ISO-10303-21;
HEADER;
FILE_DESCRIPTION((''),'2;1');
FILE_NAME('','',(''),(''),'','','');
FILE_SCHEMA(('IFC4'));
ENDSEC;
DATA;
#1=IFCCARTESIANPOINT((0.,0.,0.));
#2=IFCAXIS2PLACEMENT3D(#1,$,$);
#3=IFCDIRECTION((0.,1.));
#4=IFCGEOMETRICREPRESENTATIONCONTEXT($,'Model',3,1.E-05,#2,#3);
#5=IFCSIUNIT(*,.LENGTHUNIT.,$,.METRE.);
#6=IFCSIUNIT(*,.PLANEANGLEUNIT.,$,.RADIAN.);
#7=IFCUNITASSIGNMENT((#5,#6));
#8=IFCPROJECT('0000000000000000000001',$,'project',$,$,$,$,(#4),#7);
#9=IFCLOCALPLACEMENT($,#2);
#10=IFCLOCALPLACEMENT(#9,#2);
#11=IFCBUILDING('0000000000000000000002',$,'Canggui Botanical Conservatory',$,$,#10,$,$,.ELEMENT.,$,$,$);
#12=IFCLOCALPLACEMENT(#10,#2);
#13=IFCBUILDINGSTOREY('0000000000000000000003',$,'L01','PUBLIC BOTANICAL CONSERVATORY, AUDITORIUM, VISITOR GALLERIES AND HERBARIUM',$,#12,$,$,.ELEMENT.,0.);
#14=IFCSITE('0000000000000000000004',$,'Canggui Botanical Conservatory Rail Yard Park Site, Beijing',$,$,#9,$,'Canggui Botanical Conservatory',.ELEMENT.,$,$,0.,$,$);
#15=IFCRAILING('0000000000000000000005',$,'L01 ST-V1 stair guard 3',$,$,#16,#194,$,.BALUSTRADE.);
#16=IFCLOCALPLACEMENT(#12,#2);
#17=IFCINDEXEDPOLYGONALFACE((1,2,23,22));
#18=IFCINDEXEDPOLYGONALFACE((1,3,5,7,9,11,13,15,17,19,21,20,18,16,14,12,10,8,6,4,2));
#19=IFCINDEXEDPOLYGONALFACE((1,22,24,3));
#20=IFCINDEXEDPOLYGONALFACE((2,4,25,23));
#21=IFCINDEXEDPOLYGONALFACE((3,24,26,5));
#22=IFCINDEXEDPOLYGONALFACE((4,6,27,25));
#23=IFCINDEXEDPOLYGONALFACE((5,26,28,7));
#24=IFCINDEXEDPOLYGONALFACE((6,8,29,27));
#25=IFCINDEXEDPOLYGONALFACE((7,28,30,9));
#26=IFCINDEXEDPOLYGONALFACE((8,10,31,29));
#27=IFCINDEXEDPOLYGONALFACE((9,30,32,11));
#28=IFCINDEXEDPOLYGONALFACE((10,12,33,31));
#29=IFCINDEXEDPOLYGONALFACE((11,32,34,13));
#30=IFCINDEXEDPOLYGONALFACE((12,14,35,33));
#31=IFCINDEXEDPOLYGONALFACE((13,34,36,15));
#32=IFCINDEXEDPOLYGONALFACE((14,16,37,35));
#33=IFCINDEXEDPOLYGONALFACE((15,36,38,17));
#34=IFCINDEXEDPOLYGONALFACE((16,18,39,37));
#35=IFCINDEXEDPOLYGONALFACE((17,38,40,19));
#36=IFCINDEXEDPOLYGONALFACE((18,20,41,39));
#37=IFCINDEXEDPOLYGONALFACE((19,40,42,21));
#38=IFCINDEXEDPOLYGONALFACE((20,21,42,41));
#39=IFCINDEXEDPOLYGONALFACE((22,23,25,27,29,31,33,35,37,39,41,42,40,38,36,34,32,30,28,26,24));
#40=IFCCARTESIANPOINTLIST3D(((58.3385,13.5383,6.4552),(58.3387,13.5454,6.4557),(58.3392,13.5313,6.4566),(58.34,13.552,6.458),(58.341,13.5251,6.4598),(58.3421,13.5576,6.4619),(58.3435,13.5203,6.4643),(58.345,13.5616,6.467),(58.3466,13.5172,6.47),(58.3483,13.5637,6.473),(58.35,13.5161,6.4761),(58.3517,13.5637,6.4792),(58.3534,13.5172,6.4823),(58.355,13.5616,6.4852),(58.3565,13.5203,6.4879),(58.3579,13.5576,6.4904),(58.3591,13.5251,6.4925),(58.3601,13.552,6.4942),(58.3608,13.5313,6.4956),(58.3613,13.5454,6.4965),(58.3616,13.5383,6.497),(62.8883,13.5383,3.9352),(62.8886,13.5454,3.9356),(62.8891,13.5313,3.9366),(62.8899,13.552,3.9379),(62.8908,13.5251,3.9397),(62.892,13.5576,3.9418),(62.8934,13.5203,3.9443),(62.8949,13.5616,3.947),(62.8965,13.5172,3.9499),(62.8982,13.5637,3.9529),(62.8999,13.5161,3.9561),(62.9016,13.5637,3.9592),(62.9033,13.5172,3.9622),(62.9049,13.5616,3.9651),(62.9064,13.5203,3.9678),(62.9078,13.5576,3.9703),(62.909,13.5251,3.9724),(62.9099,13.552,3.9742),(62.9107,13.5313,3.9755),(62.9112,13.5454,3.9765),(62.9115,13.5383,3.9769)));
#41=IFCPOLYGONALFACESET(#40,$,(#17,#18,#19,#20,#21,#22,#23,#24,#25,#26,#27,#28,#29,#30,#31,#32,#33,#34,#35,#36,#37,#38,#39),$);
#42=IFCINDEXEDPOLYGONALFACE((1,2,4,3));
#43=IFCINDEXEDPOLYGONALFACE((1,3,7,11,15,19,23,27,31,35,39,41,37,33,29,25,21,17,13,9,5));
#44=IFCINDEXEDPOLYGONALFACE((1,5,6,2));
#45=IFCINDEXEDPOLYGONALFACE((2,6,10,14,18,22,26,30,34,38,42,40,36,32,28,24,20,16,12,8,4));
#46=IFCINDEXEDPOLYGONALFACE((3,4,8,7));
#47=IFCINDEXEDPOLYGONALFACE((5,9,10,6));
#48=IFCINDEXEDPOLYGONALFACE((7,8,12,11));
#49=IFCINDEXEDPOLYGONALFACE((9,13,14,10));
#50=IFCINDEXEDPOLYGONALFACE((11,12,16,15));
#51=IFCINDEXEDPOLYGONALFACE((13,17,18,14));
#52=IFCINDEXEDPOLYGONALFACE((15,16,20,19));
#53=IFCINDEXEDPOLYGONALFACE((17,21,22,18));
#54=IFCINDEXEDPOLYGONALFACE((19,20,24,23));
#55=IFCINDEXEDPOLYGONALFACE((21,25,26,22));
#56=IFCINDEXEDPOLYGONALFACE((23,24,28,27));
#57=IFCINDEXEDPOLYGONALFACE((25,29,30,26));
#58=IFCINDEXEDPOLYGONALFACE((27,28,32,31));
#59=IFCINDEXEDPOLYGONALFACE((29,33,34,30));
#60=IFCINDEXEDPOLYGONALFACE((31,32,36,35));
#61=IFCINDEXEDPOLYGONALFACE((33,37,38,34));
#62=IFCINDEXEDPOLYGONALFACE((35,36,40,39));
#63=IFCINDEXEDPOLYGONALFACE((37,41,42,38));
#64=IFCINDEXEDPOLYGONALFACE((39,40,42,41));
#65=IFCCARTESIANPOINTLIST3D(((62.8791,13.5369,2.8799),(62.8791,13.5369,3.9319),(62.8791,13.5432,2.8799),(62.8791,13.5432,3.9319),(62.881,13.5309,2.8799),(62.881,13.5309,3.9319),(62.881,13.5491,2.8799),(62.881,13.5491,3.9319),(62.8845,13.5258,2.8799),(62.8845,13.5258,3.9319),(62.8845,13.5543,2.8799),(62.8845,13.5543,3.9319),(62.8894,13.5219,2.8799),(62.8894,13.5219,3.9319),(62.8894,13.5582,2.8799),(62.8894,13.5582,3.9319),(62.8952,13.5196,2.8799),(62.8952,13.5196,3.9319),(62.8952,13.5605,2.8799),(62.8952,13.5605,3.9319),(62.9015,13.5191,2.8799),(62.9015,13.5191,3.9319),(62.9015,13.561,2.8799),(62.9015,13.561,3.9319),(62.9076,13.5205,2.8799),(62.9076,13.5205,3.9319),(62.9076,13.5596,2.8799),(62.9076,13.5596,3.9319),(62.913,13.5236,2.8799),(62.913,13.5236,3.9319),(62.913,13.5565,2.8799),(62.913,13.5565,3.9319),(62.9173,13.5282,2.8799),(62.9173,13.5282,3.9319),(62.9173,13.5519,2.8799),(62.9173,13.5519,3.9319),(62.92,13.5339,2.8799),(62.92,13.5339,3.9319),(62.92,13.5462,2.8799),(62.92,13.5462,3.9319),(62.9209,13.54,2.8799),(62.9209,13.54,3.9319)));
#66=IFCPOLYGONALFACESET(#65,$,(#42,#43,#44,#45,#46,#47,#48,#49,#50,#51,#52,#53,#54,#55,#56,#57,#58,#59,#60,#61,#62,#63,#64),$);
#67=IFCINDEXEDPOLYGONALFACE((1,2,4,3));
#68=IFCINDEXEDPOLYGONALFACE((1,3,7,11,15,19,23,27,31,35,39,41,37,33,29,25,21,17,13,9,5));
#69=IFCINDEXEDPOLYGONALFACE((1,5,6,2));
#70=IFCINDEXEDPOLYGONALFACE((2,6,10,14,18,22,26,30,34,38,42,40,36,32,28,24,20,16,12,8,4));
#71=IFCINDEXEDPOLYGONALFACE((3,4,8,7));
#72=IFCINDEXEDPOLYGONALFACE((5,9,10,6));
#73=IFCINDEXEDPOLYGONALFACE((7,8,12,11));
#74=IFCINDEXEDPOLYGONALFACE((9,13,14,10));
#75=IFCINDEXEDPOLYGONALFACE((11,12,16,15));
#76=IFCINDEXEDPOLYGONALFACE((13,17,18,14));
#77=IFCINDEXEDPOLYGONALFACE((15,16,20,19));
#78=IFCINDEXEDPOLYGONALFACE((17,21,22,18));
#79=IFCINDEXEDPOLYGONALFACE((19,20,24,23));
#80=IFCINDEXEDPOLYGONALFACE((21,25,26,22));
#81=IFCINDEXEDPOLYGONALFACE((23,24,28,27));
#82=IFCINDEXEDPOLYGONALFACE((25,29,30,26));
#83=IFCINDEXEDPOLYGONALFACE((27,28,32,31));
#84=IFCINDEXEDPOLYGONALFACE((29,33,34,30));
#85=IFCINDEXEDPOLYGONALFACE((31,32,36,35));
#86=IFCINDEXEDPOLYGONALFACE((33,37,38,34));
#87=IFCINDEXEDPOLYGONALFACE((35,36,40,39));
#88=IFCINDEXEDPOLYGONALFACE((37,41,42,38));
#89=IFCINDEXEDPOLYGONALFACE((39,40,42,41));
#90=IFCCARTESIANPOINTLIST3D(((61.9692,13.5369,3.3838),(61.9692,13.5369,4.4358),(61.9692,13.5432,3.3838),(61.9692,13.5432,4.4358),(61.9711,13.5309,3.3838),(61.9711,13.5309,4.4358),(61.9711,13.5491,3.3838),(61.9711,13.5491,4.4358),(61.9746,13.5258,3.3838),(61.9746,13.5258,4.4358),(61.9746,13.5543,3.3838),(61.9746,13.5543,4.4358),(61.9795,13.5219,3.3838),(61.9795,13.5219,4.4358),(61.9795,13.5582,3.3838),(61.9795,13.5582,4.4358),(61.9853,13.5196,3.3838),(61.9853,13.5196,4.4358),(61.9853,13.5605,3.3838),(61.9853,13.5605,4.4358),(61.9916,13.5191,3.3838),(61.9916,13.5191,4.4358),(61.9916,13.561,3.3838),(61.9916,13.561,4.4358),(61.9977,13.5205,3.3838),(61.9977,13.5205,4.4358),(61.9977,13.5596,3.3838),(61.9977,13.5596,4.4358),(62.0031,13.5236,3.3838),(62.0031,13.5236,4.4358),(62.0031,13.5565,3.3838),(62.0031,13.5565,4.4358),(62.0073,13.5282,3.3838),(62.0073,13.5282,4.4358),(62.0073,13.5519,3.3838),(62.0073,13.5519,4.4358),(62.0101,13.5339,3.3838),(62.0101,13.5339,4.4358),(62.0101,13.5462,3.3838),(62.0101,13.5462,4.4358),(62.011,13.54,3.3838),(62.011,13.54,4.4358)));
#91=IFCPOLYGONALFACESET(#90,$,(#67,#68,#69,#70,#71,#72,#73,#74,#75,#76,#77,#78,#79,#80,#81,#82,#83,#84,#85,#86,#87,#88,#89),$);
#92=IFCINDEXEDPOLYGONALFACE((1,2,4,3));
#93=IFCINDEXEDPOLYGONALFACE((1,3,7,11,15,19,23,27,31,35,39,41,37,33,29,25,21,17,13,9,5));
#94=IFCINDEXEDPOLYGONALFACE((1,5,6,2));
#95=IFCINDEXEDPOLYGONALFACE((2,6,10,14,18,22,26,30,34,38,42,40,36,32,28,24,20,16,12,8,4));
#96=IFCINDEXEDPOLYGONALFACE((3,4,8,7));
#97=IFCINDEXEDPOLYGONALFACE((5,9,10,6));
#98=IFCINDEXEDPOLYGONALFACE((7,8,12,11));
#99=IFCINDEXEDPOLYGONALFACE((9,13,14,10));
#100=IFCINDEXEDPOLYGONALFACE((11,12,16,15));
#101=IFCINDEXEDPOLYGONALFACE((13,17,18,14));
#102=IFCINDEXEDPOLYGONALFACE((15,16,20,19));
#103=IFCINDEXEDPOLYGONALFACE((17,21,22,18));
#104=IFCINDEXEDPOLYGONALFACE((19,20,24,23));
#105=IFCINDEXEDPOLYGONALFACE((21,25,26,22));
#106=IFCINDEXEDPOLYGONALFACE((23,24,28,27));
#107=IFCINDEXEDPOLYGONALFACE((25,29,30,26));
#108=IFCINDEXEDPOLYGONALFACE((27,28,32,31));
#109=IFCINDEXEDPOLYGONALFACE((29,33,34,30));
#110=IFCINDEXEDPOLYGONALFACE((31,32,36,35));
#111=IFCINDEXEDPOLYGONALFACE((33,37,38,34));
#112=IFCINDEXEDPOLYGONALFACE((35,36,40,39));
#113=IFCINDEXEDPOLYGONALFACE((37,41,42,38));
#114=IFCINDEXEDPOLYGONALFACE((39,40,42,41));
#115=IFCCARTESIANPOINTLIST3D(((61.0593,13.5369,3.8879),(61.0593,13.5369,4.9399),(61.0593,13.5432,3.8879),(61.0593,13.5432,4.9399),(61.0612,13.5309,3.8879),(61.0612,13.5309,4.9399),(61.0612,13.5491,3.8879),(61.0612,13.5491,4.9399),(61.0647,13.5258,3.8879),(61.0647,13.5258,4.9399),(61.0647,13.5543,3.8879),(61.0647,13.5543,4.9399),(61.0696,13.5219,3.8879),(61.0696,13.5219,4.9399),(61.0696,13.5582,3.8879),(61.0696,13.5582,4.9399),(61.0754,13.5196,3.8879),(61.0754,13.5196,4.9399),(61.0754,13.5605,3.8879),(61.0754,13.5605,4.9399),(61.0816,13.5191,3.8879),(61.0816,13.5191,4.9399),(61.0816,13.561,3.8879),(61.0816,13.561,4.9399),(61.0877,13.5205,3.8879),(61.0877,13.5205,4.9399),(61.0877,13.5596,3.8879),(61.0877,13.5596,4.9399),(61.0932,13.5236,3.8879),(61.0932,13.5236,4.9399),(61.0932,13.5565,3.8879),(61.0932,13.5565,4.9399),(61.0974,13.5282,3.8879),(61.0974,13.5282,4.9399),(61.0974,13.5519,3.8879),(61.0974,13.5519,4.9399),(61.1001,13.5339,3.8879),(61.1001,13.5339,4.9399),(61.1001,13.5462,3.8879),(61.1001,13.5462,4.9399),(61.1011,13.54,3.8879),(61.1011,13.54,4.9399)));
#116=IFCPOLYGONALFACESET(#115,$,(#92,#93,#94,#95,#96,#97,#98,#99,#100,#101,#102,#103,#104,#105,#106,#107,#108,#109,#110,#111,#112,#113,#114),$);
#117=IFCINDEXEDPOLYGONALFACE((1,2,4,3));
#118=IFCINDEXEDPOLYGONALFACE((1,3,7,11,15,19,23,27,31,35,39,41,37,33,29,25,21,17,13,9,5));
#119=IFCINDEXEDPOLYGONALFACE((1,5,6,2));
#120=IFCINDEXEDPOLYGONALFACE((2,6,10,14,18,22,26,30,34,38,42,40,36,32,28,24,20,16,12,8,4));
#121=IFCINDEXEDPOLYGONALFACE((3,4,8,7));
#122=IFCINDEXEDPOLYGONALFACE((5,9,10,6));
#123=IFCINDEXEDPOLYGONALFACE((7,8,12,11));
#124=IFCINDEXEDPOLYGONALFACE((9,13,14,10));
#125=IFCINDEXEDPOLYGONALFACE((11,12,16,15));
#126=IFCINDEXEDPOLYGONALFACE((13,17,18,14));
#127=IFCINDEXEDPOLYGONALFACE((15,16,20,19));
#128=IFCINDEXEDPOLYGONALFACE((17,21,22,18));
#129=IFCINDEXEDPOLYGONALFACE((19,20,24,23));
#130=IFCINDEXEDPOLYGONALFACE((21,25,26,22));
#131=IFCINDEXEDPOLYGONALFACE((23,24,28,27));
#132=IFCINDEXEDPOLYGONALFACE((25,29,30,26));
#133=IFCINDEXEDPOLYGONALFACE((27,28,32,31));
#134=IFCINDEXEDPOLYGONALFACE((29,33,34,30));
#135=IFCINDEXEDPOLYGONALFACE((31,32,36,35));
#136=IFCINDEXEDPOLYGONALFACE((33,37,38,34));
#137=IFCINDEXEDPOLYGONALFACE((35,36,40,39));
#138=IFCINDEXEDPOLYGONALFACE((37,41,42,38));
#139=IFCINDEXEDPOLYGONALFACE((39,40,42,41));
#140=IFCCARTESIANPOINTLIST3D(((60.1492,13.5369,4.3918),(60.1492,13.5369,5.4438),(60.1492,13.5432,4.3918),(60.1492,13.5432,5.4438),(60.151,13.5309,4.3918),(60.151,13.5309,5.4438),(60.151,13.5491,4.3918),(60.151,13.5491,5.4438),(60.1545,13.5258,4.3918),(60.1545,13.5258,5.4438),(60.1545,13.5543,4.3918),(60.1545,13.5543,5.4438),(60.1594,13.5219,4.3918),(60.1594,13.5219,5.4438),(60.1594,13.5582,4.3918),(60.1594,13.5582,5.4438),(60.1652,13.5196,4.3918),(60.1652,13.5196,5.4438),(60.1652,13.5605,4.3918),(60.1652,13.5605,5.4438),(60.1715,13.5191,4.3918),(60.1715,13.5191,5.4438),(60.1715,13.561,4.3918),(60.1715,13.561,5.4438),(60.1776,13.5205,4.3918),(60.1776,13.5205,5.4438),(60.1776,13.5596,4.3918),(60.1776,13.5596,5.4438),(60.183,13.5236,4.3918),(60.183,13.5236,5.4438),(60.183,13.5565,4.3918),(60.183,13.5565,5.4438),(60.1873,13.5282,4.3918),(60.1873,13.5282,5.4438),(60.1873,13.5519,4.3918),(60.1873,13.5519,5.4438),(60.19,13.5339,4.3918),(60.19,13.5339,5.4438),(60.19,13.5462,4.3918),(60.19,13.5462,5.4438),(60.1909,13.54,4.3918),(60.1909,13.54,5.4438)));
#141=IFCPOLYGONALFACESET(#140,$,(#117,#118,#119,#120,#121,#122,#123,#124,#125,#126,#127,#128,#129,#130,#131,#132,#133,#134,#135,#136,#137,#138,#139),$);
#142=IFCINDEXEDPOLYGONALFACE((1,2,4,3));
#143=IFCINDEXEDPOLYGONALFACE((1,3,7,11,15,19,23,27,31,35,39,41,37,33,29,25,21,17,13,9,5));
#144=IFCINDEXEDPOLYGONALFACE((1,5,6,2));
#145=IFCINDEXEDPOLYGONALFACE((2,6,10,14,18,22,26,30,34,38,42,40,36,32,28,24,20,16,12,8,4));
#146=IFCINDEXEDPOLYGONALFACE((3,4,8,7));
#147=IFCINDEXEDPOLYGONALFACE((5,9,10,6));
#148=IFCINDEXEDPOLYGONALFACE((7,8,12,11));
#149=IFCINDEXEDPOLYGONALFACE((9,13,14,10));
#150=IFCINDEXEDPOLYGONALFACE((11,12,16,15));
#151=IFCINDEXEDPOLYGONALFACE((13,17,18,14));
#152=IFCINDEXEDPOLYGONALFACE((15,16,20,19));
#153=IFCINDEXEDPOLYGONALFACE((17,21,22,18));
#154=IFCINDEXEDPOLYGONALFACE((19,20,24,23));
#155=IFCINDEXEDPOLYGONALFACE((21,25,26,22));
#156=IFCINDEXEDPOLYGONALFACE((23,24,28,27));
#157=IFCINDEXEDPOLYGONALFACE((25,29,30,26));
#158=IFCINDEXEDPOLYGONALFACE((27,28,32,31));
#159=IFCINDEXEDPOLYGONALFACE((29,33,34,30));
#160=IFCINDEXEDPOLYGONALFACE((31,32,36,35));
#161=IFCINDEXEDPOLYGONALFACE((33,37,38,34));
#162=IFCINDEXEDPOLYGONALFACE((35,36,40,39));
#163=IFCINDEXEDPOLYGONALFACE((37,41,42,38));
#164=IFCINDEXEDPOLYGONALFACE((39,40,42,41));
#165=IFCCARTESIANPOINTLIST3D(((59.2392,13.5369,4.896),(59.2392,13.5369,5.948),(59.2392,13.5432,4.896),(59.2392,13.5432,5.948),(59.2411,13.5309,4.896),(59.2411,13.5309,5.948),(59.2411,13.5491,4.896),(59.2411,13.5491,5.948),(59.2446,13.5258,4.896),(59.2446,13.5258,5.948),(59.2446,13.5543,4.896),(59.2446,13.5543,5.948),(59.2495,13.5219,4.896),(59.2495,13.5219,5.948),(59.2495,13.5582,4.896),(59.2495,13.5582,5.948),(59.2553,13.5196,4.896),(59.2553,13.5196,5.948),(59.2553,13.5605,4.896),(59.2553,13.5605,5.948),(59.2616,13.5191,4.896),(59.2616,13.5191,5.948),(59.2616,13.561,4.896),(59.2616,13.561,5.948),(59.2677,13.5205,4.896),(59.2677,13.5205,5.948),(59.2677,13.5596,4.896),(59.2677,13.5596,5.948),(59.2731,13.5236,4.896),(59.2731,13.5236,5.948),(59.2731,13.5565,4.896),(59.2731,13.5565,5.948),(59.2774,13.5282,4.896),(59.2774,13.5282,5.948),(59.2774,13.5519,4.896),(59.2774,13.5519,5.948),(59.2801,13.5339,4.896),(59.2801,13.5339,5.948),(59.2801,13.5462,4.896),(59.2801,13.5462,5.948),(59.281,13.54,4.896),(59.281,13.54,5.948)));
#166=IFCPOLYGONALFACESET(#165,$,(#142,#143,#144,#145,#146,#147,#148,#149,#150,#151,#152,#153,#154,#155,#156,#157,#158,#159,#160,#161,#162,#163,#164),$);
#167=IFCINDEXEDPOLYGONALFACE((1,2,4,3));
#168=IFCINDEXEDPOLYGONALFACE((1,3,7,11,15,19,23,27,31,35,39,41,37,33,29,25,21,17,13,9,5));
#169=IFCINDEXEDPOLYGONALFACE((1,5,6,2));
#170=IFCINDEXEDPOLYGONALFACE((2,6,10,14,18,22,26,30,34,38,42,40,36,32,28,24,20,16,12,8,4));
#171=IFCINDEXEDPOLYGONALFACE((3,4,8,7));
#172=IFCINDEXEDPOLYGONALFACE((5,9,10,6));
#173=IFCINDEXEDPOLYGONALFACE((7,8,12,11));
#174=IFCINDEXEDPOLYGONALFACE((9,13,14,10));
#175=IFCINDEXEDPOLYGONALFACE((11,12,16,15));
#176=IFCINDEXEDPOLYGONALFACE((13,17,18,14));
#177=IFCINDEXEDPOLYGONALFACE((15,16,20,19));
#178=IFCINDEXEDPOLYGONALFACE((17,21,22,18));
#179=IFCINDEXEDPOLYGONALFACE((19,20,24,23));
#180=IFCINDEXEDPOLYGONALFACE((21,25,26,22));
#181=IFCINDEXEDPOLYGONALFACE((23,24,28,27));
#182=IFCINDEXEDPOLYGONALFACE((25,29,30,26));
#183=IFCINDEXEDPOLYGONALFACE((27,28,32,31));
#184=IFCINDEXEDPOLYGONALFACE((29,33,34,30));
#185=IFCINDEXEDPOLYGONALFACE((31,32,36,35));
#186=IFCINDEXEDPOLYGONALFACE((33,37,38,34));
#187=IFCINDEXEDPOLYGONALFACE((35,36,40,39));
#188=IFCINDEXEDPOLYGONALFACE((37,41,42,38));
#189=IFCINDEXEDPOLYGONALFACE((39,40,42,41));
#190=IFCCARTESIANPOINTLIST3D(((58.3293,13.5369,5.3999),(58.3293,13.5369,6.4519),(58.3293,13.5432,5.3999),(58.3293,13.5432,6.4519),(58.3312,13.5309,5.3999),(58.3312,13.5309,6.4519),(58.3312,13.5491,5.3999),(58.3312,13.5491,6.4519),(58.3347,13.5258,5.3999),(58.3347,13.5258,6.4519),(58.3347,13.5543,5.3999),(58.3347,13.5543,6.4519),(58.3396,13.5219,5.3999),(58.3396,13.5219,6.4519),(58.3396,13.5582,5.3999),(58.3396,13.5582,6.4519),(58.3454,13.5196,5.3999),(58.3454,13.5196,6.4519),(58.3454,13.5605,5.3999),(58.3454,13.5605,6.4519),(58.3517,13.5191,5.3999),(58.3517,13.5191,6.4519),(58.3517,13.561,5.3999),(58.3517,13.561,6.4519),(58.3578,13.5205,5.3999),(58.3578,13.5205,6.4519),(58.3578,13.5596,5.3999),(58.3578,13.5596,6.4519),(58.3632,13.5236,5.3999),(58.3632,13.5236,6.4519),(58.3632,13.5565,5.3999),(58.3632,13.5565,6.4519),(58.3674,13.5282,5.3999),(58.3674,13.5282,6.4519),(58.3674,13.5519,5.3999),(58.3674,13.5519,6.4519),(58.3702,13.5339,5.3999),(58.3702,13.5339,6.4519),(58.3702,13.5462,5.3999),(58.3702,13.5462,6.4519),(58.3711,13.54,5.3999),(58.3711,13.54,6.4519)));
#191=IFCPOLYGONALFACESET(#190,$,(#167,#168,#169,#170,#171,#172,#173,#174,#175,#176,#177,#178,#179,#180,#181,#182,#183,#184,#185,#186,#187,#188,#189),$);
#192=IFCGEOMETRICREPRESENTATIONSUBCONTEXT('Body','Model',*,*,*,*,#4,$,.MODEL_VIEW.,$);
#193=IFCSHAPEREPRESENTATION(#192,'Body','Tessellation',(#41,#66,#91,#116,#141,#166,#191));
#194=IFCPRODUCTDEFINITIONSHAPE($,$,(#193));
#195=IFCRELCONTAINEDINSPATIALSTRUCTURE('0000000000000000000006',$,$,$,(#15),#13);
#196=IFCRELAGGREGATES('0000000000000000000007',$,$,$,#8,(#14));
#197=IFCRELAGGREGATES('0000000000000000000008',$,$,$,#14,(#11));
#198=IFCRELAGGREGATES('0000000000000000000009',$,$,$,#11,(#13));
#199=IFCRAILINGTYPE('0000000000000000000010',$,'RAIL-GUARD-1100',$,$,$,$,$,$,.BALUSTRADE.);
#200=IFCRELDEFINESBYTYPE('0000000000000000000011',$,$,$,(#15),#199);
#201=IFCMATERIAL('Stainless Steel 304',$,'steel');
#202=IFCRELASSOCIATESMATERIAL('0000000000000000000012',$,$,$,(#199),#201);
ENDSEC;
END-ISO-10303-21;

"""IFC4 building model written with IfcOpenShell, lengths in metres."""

from ifc_helpers import new_model, si_unit, direction, frame, origin, origin_2d, place, context, subcontext, project, spatial, circle, extrude, material, type_object, element, save


model = new_model("IFC4")

# Units and contexts
model_context = context("Model", 3, precision=1e-05, world=origin(), true_north=direction((0.0, 1.0)))
body_context = subcontext(model_context, "Body", "Model", "MODEL_VIEW")
ifc_project = project(units=[si_unit("LENGTHUNIT", "METRE"), si_unit("PLANEANGLEUNIT", "RADIAN")], contexts=[model_context])

# Site, building, storey
site_placement = place(None, origin())
site = spatial("IfcSite", under=ifc_project, at=site_placement, Name="Canggui Botanical Conservatory Rail Yard Park Site, Beijing", LongName="Canggui Botanical Conservatory", CompositionType="ELEMENT", RefElevation=0.0)
building_placement = place(site_placement, origin())
building = spatial("IfcBuilding", under=site, at=building_placement, Name="Canggui Botanical Conservatory", CompositionType="ELEMENT")
storey_placement = place(building_placement, origin())
storey = spatial("IfcBuildingStorey", under=building, at=storey_placement, Name="L01", Description="PUBLIC BOTANICAL CONSERVATORY, AUDITORIUM, VISITOR GALLERIES AND HERBARIUM", CompositionType="ELEMENT", Elevation=0.0)

# Railing
ifc_material_1 = material(Name="Stainless Steel 304", Category="steel")
railing_type_1 = type_object("IfcRailingType", Name="RAIL-GUARD-1100", PredefinedType="BALUSTRADE", material=ifc_material_1)
railing_1_placement = place(storey_placement, frame((62.8999, 13.54, 2.8799)))
element("IfcRailing", 1, at=railing_1_placement, inside=storey, type_object=railing_type_1, Name="L01 ST-V1 stair guard 3", PredefinedType="BALUSTRADE", context=body_context, shape_type="SweptSolid", body=[
    extrude(circle(Radius=0.0239, at=origin_2d()), frame((0.0, 0.0, 1.0762), z_axis=(-0.874781, 0.0, 0.484519), x_axis=(0.0, -1.0, 0.0)), (0.0, 0.0, 1.0), 5.2012),
    extrude(circle(Radius=0.021, at=origin_2d()), origin(), (0.0, 0.0, 1.0), 1.052),
    extrude(circle(Radius=0.021, at=origin_2d()), frame((-0.9099, 0.0, 0.5039)), (0.0, 0.0, 1.0), 1.052),
    extrude(circle(Radius=0.021, at=origin_2d()), frame((-1.8198, 0.0, 1.0081)), (0.0, 0.0, 1.0), 1.052),
    extrude(circle(Radius=0.021, at=origin_2d()), frame((-2.73, 0.0, 1.512)), (0.0, 0.0, 1.0), 1.052),
    extrude(circle(Radius=0.021, at=origin_2d()), frame((-3.6399, 0.0, 2.0161)), (0.0, 0.0, 1.0), 1.052),
    extrude(circle(Radius=0.021, at=origin_2d()), frame((-4.5498, 0.0, 2.52)), (0.0, 0.0, 1.0), 1.052),
])

save(model, "model.ifc")
